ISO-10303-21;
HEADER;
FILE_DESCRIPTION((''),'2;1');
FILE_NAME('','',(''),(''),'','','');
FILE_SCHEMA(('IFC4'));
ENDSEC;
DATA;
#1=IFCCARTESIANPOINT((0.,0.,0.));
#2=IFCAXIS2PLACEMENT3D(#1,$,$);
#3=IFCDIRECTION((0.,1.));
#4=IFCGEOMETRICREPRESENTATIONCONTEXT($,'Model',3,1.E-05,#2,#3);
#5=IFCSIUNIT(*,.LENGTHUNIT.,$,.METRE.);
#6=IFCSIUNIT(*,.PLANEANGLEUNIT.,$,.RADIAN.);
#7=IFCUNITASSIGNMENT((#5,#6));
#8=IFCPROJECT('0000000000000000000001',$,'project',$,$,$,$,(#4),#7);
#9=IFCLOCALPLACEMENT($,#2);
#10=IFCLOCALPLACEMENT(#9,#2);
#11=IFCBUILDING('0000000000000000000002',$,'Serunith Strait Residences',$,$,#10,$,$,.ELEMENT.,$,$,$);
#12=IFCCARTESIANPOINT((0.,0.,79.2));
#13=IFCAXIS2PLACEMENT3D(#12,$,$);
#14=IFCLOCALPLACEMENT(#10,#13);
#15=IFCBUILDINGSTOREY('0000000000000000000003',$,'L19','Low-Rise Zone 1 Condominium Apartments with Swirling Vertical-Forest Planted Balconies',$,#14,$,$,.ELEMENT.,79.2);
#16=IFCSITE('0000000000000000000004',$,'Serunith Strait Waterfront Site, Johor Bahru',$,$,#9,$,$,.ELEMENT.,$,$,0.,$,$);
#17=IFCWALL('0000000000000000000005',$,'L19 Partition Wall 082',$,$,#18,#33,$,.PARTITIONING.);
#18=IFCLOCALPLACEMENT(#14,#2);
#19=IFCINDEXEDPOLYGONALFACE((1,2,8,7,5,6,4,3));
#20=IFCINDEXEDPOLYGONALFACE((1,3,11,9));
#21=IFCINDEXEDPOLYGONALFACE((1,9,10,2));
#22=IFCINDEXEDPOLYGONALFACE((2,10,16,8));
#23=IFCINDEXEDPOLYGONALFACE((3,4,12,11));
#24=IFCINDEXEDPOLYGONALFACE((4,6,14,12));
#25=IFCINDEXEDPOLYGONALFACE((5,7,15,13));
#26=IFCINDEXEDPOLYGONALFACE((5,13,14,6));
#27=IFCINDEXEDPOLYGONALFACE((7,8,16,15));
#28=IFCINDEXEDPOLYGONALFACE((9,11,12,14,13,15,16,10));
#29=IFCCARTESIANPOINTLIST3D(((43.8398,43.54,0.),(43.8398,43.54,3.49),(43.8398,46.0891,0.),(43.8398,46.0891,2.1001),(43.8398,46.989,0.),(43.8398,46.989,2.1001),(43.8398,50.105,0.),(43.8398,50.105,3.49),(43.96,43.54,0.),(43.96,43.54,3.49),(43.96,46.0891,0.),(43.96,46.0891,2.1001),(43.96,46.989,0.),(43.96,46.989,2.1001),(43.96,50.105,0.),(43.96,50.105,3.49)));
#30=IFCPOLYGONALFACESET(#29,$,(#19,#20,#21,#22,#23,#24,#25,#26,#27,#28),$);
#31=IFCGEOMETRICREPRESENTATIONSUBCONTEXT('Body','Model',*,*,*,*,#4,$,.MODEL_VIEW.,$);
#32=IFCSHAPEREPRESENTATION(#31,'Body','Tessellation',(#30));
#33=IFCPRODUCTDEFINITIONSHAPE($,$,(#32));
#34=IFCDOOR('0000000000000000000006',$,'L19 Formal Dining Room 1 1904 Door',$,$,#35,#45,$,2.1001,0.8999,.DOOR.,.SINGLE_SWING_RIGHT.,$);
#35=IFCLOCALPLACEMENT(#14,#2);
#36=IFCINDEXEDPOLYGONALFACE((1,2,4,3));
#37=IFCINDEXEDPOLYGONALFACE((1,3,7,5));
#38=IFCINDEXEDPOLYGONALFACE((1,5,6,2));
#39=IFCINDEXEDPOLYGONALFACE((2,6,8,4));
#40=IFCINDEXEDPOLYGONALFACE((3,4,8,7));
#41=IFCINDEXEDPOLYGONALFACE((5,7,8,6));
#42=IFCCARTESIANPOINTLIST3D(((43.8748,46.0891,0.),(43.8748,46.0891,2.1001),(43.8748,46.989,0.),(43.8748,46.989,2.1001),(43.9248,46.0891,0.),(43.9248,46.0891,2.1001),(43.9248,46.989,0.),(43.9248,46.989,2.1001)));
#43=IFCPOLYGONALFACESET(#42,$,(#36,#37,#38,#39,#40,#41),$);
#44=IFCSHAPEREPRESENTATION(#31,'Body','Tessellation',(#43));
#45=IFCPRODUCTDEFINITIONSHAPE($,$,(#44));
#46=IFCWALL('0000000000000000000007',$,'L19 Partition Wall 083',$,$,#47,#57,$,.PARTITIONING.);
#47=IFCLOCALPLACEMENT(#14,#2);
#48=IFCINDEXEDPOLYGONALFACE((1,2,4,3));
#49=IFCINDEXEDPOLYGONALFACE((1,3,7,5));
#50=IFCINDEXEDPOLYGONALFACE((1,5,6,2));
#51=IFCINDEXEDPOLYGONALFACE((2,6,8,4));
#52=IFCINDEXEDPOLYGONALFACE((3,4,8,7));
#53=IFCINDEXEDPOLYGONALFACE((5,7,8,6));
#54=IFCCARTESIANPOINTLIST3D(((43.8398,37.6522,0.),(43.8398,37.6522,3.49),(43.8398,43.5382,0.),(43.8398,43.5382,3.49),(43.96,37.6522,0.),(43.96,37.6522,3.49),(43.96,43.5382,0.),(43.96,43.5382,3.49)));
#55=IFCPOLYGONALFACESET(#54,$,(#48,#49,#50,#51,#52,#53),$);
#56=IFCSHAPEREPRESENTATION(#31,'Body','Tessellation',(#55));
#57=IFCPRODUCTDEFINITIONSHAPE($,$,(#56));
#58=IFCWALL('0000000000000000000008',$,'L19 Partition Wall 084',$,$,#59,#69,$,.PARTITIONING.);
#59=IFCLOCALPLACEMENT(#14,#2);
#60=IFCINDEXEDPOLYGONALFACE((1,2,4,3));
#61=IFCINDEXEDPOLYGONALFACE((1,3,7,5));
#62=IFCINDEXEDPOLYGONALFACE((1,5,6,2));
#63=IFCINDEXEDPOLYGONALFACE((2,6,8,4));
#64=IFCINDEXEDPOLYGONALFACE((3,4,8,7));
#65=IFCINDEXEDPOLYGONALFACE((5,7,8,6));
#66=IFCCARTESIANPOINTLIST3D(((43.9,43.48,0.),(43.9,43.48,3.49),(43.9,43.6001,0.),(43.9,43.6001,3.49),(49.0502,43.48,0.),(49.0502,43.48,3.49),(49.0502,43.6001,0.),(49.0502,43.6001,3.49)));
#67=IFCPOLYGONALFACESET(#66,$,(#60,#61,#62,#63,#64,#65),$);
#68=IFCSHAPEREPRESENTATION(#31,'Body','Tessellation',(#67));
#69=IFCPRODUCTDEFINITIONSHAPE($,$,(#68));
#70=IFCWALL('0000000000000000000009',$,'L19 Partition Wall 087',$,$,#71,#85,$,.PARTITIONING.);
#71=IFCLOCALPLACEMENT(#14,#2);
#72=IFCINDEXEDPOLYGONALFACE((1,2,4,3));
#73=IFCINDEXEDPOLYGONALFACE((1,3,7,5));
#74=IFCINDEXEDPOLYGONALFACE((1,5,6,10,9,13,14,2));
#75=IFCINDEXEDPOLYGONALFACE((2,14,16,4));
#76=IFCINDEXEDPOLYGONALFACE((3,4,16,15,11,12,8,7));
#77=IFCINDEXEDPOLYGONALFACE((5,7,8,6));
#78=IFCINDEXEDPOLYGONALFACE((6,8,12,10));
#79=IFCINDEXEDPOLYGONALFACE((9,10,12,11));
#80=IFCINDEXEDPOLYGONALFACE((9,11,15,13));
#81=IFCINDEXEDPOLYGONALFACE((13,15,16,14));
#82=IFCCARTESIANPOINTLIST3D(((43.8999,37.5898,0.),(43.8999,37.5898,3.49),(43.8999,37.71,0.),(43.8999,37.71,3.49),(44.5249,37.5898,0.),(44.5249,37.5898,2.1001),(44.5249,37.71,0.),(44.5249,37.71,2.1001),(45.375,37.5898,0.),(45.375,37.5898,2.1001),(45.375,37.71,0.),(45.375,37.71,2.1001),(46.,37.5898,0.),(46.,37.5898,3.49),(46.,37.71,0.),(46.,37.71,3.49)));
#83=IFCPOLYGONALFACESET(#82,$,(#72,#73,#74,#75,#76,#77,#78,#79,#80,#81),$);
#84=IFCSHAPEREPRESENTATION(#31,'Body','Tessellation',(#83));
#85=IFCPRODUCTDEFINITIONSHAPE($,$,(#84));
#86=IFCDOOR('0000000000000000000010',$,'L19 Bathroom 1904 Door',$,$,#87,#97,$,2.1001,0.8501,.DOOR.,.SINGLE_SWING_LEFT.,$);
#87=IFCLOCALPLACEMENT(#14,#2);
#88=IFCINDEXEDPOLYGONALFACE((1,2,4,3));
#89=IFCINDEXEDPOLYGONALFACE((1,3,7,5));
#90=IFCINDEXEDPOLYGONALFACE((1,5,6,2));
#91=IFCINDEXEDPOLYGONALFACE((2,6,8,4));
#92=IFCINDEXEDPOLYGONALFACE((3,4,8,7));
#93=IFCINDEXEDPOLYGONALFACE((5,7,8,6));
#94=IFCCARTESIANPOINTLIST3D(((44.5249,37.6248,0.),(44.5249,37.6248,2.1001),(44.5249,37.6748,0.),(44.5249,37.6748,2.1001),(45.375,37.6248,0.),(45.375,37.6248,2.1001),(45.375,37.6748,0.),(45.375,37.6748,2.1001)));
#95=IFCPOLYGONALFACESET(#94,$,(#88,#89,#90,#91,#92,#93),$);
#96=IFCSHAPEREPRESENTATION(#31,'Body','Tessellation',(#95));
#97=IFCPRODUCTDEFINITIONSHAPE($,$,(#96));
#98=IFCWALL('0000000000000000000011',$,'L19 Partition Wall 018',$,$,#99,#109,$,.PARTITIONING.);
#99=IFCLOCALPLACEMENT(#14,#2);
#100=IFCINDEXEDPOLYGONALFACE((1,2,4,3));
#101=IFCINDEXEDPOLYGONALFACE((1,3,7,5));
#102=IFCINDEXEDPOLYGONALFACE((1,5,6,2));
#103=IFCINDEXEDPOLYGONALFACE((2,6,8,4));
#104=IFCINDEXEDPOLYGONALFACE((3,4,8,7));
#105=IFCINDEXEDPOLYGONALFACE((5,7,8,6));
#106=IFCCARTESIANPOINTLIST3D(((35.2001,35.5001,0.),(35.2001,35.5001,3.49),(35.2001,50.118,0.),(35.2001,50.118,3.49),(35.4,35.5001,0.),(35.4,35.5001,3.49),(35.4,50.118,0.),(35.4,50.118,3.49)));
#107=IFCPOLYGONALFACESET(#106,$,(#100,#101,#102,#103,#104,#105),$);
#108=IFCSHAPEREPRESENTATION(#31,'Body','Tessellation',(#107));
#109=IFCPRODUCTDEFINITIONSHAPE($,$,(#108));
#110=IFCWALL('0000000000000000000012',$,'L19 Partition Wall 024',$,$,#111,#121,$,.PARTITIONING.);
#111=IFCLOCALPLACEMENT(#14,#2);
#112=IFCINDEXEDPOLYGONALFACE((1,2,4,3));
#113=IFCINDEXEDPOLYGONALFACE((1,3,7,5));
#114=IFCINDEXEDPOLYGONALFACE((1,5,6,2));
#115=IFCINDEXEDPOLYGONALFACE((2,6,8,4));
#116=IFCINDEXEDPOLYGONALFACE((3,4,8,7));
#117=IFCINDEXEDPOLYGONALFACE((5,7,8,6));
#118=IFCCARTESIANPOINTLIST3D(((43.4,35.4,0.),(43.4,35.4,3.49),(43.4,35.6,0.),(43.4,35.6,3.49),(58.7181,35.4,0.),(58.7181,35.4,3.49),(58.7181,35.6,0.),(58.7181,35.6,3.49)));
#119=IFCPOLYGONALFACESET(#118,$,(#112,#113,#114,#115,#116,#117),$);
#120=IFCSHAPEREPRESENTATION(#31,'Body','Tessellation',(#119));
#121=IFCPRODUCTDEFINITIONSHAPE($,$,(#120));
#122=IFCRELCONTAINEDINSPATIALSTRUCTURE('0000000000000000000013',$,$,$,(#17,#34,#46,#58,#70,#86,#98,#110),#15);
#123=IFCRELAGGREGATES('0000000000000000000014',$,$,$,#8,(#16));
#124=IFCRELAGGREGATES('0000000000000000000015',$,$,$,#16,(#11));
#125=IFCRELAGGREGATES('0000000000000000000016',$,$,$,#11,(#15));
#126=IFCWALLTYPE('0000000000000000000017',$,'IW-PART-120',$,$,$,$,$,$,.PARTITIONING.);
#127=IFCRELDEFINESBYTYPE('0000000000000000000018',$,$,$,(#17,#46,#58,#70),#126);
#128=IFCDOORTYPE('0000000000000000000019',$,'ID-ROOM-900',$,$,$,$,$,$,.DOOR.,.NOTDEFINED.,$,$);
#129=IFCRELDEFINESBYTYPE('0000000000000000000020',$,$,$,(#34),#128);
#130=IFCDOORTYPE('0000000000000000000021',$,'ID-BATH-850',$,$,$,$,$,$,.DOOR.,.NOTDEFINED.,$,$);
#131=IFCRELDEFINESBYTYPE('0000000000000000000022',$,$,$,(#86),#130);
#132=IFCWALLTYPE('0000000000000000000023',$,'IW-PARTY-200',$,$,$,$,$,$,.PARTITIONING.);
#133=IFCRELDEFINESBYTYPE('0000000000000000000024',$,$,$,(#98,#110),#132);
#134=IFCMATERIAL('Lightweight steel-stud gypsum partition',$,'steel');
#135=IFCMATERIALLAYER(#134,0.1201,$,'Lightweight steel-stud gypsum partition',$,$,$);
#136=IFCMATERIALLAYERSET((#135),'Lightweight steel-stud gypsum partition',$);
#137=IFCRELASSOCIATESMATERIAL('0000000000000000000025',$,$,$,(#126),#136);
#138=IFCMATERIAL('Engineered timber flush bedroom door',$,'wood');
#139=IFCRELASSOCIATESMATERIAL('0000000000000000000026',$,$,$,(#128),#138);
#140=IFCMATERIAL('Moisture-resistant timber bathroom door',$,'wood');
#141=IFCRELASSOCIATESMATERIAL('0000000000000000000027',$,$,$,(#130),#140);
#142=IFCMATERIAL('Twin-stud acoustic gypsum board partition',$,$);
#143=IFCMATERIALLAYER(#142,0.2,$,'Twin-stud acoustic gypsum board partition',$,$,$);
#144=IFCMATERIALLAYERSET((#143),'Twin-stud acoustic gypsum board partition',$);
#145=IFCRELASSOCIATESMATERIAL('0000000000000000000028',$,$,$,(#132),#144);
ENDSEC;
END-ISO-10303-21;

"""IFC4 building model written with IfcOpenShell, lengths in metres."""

from ifc_helpers import new_model, si_unit, direction, frame, frame_2d, origin, place, context, subcontext, project, spatial, rectangle, extrude, source, transform, mapped, material, layer, layer_set, type_object, element, fill, save


model = new_model("IFC4")

# Units and contexts
model_context = context("Model", 3, precision=1e-05, world=origin(), true_north=direction((0.0, 1.0)))
body_context = subcontext(model_context, "Body", "Model", "MODEL_VIEW")
ifc_project = project(units=[si_unit("LENGTHUNIT", "METRE"), si_unit("PLANEANGLEUNIT", "RADIAN")], contexts=[model_context])

# Site, building, storey
site_placement = place(None, origin())
site = spatial("IfcSite", under=ifc_project, at=site_placement, Name="Serunith Strait Waterfront Site, Johor Bahru", CompositionType="ELEMENT", RefElevation=0.0)
building_placement = place(site_placement, origin())
building = spatial("IfcBuilding", under=site, at=building_placement, Name="Serunith Strait Residences", CompositionType="ELEMENT")
storey_placement = place(building_placement, frame((0.0, 0.0, 79.2)))
storey = spatial("IfcBuildingStorey", under=building, at=storey_placement, Name="L19", Description="Low-Rise Zone 1 Condominium Apartments with Swirling Vertical-Forest Planted Balconies", CompositionType="ELEMENT", Elevation=79.2)

# Shared definitions
ifc_material_1 = material(Name="Lightweight steel-stud gypsum partition", Category="steel")
ifc_layer_1 = layer(ifc_material_1, 0.1201, Name="Lightweight steel-stud gypsum partition")
ifc_layer_set_1 = layer_set([ifc_layer_1], Name="Lightweight steel-stud gypsum partition")
wall_type_1 = type_object("IfcWallType", Name="IW-PART-120", PredefinedType="PARTITIONING", material=ifc_layer_set_1)
shared_shape_1 = source(origin(), body_context, "Body", "SweptSolid", [
    extrude(rectangle(XDim=0.8501, YDim=2.1001, at=frame_2d((0.425, 1.05))), frame((0.0, 0.0249, 0.0), z_axis=(0.0, -1.0, 0.0), x_axis=(1.0, 0.0, 0.0)), (0.0, 0.0, 1.0), 0.05),
])

# Wall, opening, door
ifc_material_2 = material(Name="Engineered timber flush bedroom door", Category="wood")
door_type_1 = type_object("IfcDoorType", Name="ID-ROOM-900", OperationType="NOTDEFINED", PredefinedType="DOOR", material=ifc_material_2)
shared_shape_2 = source(origin(), body_context, "Body", "SweptSolid", [
    extrude(rectangle(XDim=0.8999, YDim=2.1001, at=frame_2d((0.45, 1.05))), frame((0.0, 0.0249, 0.0), z_axis=(0.0, -1.0, 0.0), x_axis=(1.0, 0.0, 0.0)), (0.0, 0.0, 1.0), 0.05),
])
wall_1_placement = place(storey_placement, frame((43.8999, 50.105, 0.0), z_axis=(0.0, 0.0, 1.0), x_axis=(0.0, -1.0, 0.0)))
wall_1 = element("IfcWall", 1, at=wall_1_placement, inside=storey, type_object=wall_type_1, Name="L19 Partition Wall 082", PredefinedType="PARTITIONING", context=body_context, shape_type="SweptSolid", body=[
    extrude(rectangle(XDim=6.5649, YDim=0.1201, at=frame_2d((3.2825, 0.0))), origin(), (0.0, 0.0, 1.0), 3.49),
])
opening_1_placement = place(wall_1_placement, frame((3.116, 0.0, 0.0)))
opening_1 = element("IfcOpeningElement", 2, at=opening_1_placement, cuts=wall_1, PredefinedType="OPENING", context=body_context, shape_type="SweptSolid", body=[
    extrude(rectangle(XDim=0.8999, YDim=2.1001, at=frame_2d((0.45, 1.05))), frame((0.0, 0.0701, 0.0), z_axis=(0.0, -1.0, 0.0), x_axis=(1.0, 0.0, 0.0)), (0.0, 0.0, 1.0), 0.1401),
])
door_1_placement = place(opening_1_placement, origin())
door_1 = element("IfcDoor", 3, at=door_1_placement, inside=storey, type_object=door_type_1, Name="L19 Formal Dining Room 1 1904 Door", OperationType="SINGLE_SWING_RIGHT", OverallHeight=2.1001, OverallWidth=0.8999, PredefinedType="DOOR", context=body_context, shape_type="MappedRepresentation", body=[
    mapped(shared_shape_2, transform((0.0, 0.0, 0.0), scale=1.0)),
])
fill(opening_1, door_1)

# Walls
wall_2_placement = place(storey_placement, frame((43.8999, 43.5381, 0.0), z_axis=(0.0, 0.0, 1.0), x_axis=(0.0, -1.0, 0.0)))
element("IfcWall", 4, at=wall_2_placement, inside=storey, type_object=wall_type_1, Name="L19 Partition Wall 083", PredefinedType="PARTITIONING", context=body_context, shape_type="SweptSolid", body=[
    extrude(rectangle(XDim=5.886, YDim=0.1201, at=frame_2d((2.9429, 0.0))), origin(), (0.0, 0.0, 1.0), 3.49),
])
wall_3_placement = place(storey_placement, frame((43.8999, 43.54, 0.0), z_axis=(0.0, 0.0, 1.0), x_axis=(1.0, 0.0, 0.0)))
element("IfcWall", 5, at=wall_3_placement, inside=storey, type_object=wall_type_1, Name="L19 Partition Wall 084", PredefinedType="PARTITIONING", context=body_context, shape_type="SweptSolid", body=[
    extrude(rectangle(XDim=5.1501, YDim=0.1201, at=frame_2d((2.5752, 0.0))), origin(), (0.0, 0.0, 1.0), 3.49),
])

# Wall, opening, door
wall_4_placement = place(storey_placement, frame((43.8999, 37.6499, 0.0), z_axis=(0.0, 0.0, 1.0), x_axis=(1.0, 0.0, 0.0)))
wall_4 = element("IfcWall", 6, at=wall_4_placement, inside=storey, type_object=wall_type_1, Name="L19 Partition Wall 087", PredefinedType="PARTITIONING", context=body_context, shape_type="SweptSolid", body=[
    extrude(rectangle(XDim=2.1001, YDim=0.1201, at=frame_2d((1.05, 0.0))), origin(), (0.0, 0.0, 1.0), 3.49),
])
opening_2_placement = place(wall_4_placement, frame((0.625, 0.0, 0.0)))
opening_2 = element("IfcOpeningElement", 7, at=opening_2_placement, cuts=wall_4, PredefinedType="OPENING", context=body_context, shape_type="SweptSolid", body=[
    extrude(rectangle(XDim=0.8501, YDim=2.1001, at=frame_2d((0.425, 1.05))), frame((0.0, 0.0701, 0.0), z_axis=(0.0, -1.0, 0.0), x_axis=(1.0, 0.0, 0.0)), (0.0, 0.0, 1.0), 0.1401),
])
ifc_material_3 = material(Name="Moisture-resistant timber bathroom door", Category="wood")
door_type_2 = type_object("IfcDoorType", Name="ID-BATH-850", OperationType="NOTDEFINED", PredefinedType="DOOR", material=ifc_material_3)
door_2_placement = place(opening_2_placement, origin())
door_2 = element("IfcDoor", 8, at=door_2_placement, inside=storey, type_object=door_type_2, Name="L19 Bathroom 1904 Door", OperationType="SINGLE_SWING_LEFT", OverallHeight=2.1001, OverallWidth=0.8501, PredefinedType="DOOR", context=body_context, shape_type="MappedRepresentation", body=[
    mapped(shared_shape_1, transform((0.0, 0.0, 0.0), scale=1.0)),
])
fill(opening_2, door_2)

# Walls
ifc_material_4 = material(Name="Twin-stud acoustic gypsum board partition")
ifc_layer_2 = layer(ifc_material_4, 0.2, Name="Twin-stud acoustic gypsum board partition")
ifc_layer_set_2 = layer_set([ifc_layer_2], Name="Twin-stud acoustic gypsum board partition")
wall_type_2 = type_object("IfcWallType", Name="IW-PARTY-200", PredefinedType="PARTITIONING", material=ifc_layer_set_2)
wall_5_placement = place(storey_placement, frame((35.3, 35.5, 0.0), z_axis=(0.0, 0.0, 1.0), x_axis=(0.0, 1.0, 0.0)))
element("IfcWall", 9, at=wall_5_placement, inside=storey, type_object=wall_type_2, Name="L19 Partition Wall 018", PredefinedType="PARTITIONING", context=body_context, shape_type="SweptSolid", body=[
    extrude(rectangle(XDim=14.6179, YDim=0.2, at=frame_2d((7.3091, 0.0))), origin(), (0.0, 0.0, 1.0), 3.49),
])
wall_6_placement = place(storey_placement, frame((43.3999, 35.5, 0.0), z_axis=(0.0, 0.0, 1.0), x_axis=(1.0, 0.0, 0.0)))
element("IfcWall", 10, at=wall_6_placement, inside=storey, type_object=wall_type_2, Name="L19 Partition Wall 024", PredefinedType="PARTITIONING", context=body_context, shape_type="SweptSolid", body=[
    extrude(rectangle(XDim=15.3181, YDim=0.2, at=frame_2d((7.6592, 0.0))), origin(), (0.0, 0.0, 1.0), 3.49),
])

save(model, "model.ifc")
